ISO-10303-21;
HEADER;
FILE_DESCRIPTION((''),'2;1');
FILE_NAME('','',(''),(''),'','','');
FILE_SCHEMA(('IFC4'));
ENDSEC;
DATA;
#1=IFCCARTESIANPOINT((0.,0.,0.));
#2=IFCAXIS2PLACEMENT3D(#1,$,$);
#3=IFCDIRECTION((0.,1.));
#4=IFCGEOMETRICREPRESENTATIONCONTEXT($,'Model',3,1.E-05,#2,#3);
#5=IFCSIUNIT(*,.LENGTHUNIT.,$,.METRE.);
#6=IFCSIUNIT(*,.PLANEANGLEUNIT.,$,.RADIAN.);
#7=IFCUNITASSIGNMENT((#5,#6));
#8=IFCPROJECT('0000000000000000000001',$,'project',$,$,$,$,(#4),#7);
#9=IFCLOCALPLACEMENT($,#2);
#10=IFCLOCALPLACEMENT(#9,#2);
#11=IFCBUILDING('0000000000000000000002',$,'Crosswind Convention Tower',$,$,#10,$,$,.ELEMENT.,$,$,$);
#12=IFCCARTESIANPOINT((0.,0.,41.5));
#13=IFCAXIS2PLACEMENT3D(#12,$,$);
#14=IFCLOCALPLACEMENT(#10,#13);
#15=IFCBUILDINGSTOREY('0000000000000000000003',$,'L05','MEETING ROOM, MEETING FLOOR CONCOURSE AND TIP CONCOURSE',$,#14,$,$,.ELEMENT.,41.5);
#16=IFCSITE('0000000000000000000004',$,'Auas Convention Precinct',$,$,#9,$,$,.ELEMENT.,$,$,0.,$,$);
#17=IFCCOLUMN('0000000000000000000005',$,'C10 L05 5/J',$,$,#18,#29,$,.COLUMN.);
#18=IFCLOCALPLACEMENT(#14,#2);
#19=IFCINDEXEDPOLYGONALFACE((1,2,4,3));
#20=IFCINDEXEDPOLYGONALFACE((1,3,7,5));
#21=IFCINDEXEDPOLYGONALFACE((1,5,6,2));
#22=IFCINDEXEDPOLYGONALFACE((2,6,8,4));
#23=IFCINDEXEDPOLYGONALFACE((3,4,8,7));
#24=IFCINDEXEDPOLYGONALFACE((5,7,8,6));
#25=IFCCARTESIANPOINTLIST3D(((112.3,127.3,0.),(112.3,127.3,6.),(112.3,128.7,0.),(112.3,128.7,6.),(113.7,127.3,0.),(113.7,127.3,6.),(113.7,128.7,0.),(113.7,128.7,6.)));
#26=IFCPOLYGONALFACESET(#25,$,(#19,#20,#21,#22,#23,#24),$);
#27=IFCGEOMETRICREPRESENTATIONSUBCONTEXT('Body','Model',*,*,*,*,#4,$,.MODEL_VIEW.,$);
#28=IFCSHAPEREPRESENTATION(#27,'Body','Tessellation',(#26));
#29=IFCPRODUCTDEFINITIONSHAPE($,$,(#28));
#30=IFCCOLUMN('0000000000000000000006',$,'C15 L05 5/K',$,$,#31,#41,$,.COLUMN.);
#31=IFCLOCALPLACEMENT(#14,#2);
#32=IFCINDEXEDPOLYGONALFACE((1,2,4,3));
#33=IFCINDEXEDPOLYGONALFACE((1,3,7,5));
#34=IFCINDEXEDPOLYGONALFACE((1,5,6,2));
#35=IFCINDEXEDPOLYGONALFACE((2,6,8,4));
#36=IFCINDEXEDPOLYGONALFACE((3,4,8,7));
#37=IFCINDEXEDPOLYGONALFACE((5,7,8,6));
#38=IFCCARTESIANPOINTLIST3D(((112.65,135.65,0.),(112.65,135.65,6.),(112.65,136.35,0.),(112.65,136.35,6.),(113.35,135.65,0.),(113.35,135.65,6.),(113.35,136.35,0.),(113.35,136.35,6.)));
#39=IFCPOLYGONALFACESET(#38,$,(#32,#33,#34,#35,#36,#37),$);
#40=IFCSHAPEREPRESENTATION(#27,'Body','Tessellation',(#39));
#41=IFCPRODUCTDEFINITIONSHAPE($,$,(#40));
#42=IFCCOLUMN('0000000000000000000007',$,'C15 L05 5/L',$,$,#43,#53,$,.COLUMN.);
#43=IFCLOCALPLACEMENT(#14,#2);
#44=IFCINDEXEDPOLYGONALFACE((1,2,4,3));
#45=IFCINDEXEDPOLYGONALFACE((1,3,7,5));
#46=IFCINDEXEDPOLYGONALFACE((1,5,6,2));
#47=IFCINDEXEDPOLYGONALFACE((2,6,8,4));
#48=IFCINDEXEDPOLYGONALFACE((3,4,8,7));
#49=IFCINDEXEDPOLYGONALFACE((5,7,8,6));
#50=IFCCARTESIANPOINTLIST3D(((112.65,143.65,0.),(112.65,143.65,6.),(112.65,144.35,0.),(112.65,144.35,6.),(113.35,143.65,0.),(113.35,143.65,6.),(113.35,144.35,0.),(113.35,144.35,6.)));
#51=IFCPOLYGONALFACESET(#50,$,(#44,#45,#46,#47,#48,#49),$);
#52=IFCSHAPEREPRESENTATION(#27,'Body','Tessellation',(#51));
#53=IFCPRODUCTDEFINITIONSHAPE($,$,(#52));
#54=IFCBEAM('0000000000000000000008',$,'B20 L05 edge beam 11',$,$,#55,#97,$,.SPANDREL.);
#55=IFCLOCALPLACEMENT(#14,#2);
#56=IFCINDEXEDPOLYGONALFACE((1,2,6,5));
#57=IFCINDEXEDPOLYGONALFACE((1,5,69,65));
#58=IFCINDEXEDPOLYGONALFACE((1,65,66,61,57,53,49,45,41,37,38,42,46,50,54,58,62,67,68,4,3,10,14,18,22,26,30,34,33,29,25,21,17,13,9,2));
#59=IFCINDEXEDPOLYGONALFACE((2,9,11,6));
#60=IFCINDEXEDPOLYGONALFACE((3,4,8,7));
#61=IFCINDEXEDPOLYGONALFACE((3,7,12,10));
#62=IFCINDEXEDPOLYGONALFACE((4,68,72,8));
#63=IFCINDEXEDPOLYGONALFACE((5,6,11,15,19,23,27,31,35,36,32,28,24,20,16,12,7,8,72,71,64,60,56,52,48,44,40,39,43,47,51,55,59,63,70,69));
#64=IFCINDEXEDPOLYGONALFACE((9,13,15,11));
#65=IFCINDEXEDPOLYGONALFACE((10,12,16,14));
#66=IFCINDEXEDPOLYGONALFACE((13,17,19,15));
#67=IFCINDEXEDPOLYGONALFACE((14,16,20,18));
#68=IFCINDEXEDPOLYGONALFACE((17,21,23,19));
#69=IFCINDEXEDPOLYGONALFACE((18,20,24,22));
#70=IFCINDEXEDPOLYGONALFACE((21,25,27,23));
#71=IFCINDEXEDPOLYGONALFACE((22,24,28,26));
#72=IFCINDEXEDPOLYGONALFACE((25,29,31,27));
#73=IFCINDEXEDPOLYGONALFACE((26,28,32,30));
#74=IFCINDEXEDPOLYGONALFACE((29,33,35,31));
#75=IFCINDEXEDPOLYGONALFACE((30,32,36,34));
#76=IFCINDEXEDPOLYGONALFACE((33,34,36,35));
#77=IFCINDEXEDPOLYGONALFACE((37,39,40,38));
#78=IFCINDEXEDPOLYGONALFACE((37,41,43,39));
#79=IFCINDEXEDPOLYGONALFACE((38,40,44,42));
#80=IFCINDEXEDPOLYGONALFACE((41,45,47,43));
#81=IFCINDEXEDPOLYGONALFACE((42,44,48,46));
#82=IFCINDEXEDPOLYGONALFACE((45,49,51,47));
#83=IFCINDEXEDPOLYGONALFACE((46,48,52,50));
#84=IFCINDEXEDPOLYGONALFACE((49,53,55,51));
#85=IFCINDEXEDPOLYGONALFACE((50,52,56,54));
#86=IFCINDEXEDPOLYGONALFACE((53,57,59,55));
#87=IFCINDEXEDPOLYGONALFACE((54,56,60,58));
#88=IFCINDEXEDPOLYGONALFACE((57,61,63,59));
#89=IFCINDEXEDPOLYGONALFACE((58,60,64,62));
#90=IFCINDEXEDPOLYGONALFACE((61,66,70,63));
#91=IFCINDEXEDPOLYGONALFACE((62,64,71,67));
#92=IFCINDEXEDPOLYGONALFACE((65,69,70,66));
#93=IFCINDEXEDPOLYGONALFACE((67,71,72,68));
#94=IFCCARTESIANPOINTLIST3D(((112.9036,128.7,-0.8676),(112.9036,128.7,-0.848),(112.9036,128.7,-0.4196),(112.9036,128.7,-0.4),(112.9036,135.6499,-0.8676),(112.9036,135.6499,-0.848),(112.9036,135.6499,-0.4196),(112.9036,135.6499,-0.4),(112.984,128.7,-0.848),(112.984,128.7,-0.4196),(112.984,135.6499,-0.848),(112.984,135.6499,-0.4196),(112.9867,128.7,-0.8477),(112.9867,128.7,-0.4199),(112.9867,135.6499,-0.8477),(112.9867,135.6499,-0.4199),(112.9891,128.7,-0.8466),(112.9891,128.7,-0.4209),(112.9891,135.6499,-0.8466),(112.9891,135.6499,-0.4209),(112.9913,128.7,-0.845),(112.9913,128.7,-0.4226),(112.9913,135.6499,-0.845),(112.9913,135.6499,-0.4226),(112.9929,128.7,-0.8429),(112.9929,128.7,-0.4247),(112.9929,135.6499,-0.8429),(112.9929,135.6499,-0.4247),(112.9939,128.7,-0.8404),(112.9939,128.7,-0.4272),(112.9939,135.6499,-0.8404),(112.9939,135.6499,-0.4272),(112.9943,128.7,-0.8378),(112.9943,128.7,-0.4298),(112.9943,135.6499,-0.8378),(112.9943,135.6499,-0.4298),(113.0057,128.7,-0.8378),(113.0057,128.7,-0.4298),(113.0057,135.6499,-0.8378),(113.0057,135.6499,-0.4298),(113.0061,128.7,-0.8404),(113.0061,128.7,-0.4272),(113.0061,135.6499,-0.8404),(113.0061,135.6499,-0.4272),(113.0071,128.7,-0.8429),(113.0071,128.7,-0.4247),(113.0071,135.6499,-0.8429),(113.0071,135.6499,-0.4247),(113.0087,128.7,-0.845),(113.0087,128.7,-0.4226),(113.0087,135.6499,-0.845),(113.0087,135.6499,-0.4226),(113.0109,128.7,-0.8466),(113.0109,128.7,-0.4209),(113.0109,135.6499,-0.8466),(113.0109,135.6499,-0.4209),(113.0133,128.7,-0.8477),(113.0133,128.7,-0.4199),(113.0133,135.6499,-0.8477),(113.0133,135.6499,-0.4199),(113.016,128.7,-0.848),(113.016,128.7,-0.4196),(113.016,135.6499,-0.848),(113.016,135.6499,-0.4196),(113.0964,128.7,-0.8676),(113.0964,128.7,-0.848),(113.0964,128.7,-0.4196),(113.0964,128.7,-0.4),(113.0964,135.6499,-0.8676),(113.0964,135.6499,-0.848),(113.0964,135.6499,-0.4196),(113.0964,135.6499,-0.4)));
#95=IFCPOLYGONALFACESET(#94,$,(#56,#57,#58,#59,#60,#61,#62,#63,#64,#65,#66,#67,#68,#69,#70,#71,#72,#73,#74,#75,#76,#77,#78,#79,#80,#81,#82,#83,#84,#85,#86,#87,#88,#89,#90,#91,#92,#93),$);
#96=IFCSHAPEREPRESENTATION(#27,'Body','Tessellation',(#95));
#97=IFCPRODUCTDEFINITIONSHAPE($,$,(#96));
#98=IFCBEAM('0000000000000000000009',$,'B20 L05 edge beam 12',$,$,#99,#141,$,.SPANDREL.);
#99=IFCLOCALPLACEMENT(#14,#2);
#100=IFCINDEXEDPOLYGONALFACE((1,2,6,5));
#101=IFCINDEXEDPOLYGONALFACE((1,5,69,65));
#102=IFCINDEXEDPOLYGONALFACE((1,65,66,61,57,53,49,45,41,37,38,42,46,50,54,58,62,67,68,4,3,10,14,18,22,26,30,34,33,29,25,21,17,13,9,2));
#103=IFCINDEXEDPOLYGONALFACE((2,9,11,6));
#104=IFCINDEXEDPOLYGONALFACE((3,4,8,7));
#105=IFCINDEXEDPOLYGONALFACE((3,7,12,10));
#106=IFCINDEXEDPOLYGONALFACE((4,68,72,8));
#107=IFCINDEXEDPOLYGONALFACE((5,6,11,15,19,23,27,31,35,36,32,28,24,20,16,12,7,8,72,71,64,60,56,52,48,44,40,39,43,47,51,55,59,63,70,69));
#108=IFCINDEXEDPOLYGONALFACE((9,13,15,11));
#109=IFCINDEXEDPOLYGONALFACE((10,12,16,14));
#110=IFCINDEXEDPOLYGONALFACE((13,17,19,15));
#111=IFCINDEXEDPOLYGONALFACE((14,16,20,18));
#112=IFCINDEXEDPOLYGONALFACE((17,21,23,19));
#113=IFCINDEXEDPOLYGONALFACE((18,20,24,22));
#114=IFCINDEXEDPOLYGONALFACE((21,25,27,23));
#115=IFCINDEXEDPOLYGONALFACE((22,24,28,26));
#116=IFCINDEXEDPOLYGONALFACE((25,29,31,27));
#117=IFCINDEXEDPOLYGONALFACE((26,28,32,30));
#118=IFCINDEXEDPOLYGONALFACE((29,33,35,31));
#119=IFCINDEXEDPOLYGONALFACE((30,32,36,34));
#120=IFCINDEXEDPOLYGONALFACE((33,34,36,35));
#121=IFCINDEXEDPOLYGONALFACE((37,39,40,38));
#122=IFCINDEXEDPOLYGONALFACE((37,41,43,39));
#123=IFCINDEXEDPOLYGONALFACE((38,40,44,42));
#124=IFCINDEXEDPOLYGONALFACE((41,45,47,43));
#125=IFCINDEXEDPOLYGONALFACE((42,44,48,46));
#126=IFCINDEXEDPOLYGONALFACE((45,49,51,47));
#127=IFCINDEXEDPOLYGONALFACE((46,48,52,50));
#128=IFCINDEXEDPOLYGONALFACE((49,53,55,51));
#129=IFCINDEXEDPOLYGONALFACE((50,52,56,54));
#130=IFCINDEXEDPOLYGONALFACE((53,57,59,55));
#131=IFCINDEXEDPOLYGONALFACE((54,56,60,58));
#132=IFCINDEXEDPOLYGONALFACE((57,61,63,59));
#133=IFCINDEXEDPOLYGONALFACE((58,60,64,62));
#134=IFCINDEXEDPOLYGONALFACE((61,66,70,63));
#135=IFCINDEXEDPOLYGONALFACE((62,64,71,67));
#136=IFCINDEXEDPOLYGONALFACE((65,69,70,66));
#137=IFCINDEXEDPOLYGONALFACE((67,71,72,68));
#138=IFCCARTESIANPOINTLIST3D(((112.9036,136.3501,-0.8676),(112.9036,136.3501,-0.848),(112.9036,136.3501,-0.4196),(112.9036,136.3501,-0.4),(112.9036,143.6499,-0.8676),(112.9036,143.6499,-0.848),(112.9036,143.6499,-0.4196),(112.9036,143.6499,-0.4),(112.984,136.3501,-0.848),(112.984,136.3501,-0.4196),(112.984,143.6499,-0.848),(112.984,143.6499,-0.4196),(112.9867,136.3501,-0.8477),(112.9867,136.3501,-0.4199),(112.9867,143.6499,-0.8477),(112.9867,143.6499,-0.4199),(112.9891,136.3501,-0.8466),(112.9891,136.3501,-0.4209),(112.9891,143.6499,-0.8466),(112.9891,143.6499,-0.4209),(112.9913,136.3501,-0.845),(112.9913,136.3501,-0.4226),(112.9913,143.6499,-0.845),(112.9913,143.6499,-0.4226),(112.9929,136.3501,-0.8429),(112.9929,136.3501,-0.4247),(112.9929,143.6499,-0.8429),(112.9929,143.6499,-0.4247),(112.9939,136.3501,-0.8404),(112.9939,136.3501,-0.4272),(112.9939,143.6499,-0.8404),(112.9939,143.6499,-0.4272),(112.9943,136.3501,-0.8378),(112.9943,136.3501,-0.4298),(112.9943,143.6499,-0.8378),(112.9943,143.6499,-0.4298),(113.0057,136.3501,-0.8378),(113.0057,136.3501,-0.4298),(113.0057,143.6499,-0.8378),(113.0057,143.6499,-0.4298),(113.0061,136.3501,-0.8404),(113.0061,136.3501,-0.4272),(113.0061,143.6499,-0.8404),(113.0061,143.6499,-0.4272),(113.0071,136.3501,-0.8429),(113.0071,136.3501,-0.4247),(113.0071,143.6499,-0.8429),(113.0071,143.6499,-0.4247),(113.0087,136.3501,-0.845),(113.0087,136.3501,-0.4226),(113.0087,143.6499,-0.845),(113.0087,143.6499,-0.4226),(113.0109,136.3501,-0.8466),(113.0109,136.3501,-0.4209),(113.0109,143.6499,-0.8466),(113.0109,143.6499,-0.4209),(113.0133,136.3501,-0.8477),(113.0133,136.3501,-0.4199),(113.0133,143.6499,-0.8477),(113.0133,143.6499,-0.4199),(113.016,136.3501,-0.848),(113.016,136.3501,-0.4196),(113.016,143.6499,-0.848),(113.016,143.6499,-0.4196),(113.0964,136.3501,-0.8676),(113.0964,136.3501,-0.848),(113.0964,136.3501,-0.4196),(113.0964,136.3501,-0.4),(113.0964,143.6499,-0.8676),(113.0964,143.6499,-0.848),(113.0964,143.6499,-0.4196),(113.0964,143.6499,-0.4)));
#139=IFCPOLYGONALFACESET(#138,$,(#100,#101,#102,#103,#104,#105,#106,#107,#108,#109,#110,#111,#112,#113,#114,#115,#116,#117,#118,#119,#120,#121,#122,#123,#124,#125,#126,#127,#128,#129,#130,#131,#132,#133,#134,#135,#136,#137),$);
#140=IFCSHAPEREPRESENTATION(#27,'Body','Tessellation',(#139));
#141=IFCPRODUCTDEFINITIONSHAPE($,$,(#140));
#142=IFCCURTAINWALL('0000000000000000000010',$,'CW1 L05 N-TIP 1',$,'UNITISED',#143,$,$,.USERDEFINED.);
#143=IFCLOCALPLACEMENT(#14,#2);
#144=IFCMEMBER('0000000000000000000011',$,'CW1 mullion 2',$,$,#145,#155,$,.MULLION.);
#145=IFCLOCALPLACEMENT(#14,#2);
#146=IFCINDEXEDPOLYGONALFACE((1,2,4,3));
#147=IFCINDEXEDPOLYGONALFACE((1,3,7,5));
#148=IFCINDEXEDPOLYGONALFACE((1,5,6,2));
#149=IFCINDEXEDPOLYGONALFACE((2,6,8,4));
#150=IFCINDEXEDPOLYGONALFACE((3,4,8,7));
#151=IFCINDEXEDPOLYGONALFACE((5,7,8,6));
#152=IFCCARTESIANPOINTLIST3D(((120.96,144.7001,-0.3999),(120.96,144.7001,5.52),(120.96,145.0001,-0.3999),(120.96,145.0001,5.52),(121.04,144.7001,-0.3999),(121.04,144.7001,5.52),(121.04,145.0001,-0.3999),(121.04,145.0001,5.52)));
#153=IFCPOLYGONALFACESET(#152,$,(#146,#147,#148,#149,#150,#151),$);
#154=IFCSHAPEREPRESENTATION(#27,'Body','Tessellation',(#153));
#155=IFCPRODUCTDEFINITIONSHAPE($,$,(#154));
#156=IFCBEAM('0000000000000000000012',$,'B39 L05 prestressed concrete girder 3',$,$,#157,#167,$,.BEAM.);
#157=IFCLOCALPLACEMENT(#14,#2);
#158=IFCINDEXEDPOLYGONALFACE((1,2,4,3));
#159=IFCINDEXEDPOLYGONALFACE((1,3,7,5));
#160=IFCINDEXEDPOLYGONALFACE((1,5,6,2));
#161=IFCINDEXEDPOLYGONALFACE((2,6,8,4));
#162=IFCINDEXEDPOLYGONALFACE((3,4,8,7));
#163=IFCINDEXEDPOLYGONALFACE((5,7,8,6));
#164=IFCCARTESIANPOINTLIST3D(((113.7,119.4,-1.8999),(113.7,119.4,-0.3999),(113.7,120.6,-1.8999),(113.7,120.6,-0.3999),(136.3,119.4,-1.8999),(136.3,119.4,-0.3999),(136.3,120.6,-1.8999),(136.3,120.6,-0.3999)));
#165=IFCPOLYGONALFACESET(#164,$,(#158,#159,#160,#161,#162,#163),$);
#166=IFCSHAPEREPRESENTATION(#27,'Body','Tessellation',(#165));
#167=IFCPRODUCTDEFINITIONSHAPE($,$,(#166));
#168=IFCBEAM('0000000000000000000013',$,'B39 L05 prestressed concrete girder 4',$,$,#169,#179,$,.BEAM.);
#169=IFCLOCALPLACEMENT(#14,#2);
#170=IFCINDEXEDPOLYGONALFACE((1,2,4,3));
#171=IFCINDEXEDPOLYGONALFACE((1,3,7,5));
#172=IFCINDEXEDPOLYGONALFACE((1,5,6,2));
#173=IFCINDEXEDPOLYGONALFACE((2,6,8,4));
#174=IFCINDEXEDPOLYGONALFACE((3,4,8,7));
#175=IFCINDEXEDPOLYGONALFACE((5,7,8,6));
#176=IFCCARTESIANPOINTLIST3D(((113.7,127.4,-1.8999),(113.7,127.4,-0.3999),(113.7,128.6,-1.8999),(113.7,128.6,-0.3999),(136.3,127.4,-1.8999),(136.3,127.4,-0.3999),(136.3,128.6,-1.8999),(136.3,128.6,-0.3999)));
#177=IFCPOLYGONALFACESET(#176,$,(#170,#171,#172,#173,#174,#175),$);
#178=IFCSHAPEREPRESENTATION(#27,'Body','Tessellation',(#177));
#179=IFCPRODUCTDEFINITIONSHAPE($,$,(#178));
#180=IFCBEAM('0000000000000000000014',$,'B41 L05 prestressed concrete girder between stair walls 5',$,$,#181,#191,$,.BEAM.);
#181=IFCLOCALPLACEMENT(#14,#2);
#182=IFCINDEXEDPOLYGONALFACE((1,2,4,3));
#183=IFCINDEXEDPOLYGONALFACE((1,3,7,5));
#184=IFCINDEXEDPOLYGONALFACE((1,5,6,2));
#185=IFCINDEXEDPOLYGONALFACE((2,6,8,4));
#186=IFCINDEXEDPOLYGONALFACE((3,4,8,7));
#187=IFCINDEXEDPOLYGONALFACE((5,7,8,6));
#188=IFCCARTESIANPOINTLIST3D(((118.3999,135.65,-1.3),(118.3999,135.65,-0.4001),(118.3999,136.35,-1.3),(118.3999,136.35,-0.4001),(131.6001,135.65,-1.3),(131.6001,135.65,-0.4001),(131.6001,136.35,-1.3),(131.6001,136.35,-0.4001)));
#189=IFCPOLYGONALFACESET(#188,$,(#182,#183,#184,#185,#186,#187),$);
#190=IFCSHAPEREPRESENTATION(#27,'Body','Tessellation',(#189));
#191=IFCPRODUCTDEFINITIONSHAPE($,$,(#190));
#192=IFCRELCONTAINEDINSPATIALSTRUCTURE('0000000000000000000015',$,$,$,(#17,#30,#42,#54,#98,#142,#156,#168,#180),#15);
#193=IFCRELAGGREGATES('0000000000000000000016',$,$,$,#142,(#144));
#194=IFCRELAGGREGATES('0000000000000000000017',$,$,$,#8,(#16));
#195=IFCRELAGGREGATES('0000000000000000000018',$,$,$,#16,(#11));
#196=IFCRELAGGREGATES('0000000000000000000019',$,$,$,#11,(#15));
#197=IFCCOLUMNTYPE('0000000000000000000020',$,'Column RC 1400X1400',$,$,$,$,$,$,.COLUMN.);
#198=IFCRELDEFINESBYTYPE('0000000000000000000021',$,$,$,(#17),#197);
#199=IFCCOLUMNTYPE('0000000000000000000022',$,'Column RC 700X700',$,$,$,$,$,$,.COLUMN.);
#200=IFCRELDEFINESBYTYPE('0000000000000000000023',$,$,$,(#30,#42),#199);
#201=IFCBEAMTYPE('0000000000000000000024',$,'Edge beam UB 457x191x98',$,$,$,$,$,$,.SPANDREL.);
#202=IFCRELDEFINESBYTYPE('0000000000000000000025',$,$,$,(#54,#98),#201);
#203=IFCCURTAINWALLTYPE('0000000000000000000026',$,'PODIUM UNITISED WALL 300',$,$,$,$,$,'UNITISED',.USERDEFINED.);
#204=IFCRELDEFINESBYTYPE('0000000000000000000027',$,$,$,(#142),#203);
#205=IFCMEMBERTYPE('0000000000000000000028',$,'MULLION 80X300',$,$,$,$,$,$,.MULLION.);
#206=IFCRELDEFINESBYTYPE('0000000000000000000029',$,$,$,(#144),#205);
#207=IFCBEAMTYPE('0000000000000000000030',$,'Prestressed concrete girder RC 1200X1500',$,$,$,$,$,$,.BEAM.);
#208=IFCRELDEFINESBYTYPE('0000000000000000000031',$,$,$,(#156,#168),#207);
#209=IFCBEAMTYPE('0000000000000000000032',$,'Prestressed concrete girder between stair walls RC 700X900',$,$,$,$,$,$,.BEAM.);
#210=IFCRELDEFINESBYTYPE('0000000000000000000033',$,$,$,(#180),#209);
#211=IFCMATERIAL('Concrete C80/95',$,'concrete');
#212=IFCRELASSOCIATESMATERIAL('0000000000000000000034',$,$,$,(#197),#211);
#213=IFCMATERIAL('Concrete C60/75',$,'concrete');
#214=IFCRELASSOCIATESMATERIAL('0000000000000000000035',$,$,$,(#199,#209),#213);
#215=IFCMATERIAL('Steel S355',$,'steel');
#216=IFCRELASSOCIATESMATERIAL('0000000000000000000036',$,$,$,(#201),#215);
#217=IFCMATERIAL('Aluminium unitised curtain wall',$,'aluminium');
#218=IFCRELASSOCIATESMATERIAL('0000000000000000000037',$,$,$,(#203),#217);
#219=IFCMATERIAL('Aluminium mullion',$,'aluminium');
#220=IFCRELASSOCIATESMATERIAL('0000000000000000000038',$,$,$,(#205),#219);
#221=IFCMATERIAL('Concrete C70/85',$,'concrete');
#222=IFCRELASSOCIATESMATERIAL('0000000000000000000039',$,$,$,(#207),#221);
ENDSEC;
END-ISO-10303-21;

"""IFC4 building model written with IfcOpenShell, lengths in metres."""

from ifc_helpers import new_model, si_unit, direction, frame, origin, origin_2d, place, context, subcontext, project, spatial, rectangle, i_section, extrude, material, material_profile, profile_set, type_object, element, aggregate, save


model = new_model("IFC4")

# Units and contexts
model_context = context("Model", 3, precision=1e-05, world=origin(), true_north=direction((0.0, 1.0)))
body_context = subcontext(model_context, "Body", "Model", "MODEL_VIEW")
ifc_project = project(units=[si_unit("LENGTHUNIT", "METRE"), si_unit("PLANEANGLEUNIT", "RADIAN")], contexts=[model_context])

# Site, building, storey
site_placement = place(None, origin())
site = spatial("IfcSite", under=ifc_project, at=site_placement, Name="Auas Convention Precinct", CompositionType="ELEMENT", RefElevation=0.0)
building_placement = place(site_placement, origin())
building = spatial("IfcBuilding", under=site, at=building_placement, Name="Crosswind Convention Tower", CompositionType="ELEMENT")
storey_placement = place(building_placement, frame((0.0, 0.0, 41.5)))
storey = spatial("IfcBuildingStorey", under=building, at=storey_placement, Name="L05", Description="MEETING ROOM, MEETING FLOOR CONCOURSE AND TIP CONCOURSE", CompositionType="ELEMENT", Elevation=41.5)

# Columns
ifc_material_1 = material(Name="Concrete C80/95", Category="concrete")
ifc_material_profile_1 = material_profile(ifc_material_1, rectangle(XDim=1.3999, YDim=1.3999, at=origin_2d()), Name="RC 1400X1400")
ifc_profile_set_1 = profile_set([ifc_material_profile_1], Name="Concrete C80/95")
column_type_1 = type_object("IfcColumnType", Name="Column RC 1400X1400", PredefinedType="COLUMN", material=ifc_profile_set_1)
column_placement = place(storey_placement, frame((113.0, 128.0, 0.0), z_axis=(0.0, 0.0, 1.0), x_axis=(1.0, 0.0, 0.0)))
element("IfcColumn", 1, at=column_placement, inside=storey, type_object=column_type_1, Name="C10 L05 5/J", PredefinedType="COLUMN", context=body_context, shape_type="SweptSolid", body=[
    extrude(rectangle(XDim=1.3999, YDim=1.3999, at=origin_2d()), origin(), (0.0, 0.0, 1.0), 6.0),
])
ifc_material_2 = material(Name="Concrete C60/75", Category="concrete")
ifc_material_profile_2 = material_profile(ifc_material_2, rectangle(XDim=0.7, YDim=0.7, at=origin_2d()), Name="RC 700X700")
ifc_profile_set_2 = profile_set([ifc_material_profile_2], Name="Concrete C60/75")
column_type_2 = type_object("IfcColumnType", Name="Column RC 700X700", PredefinedType="COLUMN", material=ifc_profile_set_2)
for number, where, z_axis, x_axis, name in (
    (2, (113.0, 136.0, 0.0), (0.0, 0.0, 1.0), (1.0, 0.0, 0.0), "C15 L05 5/K"),
    (3, (113.0, 144.0, 0.0), (0.0, 0.0, 1.0), (1.0, 0.0, 0.0), "C15 L05 5/L"),
):
    element("IfcColumn", number, at=place(storey_placement, frame(where, z_axis=z_axis, x_axis=x_axis)), inside=storey, type_object=column_type_2, Name=name, PredefinedType="COLUMN", context=body_context, shape_type="SweptSolid", body=[
        extrude(rectangle(XDim=0.7, YDim=0.7, at=origin_2d()), origin(), (0.0, 0.0, 1.0), 6.0),
    ])

# Beams
ifc_material_3 = material(Name="Steel S355", Category="steel")
ifc_material_profile_3 = material_profile(ifc_material_3, i_section(OverallWidth=0.1929, OverallDepth=0.4675, WebThickness=0.0115, FlangeThickness=0.0195, FilletRadius=0.0103, at=origin_2d()), Name="UB 457x191x98")
ifc_profile_set_3 = profile_set([ifc_material_profile_3], Name="Steel S355")
beam_type_1 = type_object("IfcBeamType", Name="Edge beam UB 457x191x98", PredefinedType="SPANDREL", material=ifc_profile_set_3)
beam_1_placement = place(storey_placement, frame((113.0, 128.7, -0.6338), z_axis=(0.0, 1.0, 0.0), x_axis=(-1.0, 0.0, 0.0)))
element("IfcBeam", 4, at=beam_1_placement, inside=storey, type_object=beam_type_1, Name="B20 L05 edge beam 11", PredefinedType="SPANDREL", context=body_context, shape_type="SweptSolid", body=[
    extrude(i_section(OverallWidth=0.1929, OverallDepth=0.4675, WebThickness=0.0115, FlangeThickness=0.0195, FilletRadius=0.0103, at=origin_2d()), origin(), (0.0, 0.0, 1.0), 6.95),
])
beam_2_placement = place(storey_placement, frame((113.0, 136.3501, -0.6338), z_axis=(0.0, 1.0, 0.0), x_axis=(-1.0, 0.0, 0.0)))
element("IfcBeam", 5, at=beam_2_placement, inside=storey, type_object=beam_type_1, Name="B20 L05 edge beam 12", PredefinedType="SPANDREL", context=body_context, shape_type="SweptSolid", body=[
    extrude(i_section(OverallWidth=0.1929, OverallDepth=0.4675, WebThickness=0.0115, FlangeThickness=0.0195, FilletRadius=0.0103, at=origin_2d()), origin(), (0.0, 0.0, 1.0), 7.2998),
])

# Curtain wall, member
ifc_material_4 = material(Name="Aluminium unitised curtain wall", Category="aluminium")
curtain_wall_type = type_object("IfcCurtainWallType", Name="PODIUM UNITISED WALL 300", ElementType="UNITISED", PredefinedType="USERDEFINED", material=ifc_material_4)
curtain_wall_placement = place(storey_placement, origin())
curtain_wall = element("IfcCurtainWall", 6, at=curtain_wall_placement, inside=storey, type_object=curtain_wall_type, Name="CW1 L05 N-TIP 1", ObjectType="UNITISED", PredefinedType="USERDEFINED")
ifc_material_5 = material(Name="Aluminium mullion", Category="aluminium")
ifc_material_profile_4 = material_profile(ifc_material_5, rectangle(XDim=0.3, YDim=0.0801, at=origin_2d()), Name="AL 300X80")
ifc_profile_set_4 = profile_set([ifc_material_profile_4], Name="Aluminium mullion")
member_type = type_object("IfcMemberType", Name="MULLION 80X300", PredefinedType="MULLION", material=ifc_profile_set_4)
member_placement = place(storey_placement, frame((121.0, 144.8501, -0.3999), z_axis=(0.0, 0.0, 1.0), x_axis=(0.0, 1.0, 0.0)))
member = element("IfcMember", 7, at=member_placement, type_object=member_type, Name="CW1 mullion 2", PredefinedType="MULLION", context=body_context, shape_type="SweptSolid", body=[
    extrude(rectangle(XDim=0.3, YDim=0.0801, at=origin_2d()), origin(), (0.0, 0.0, 1.0), 5.9199),
])

# Beams
ifc_material_6 = material(Name="Concrete C70/85", Category="concrete")
ifc_material_profile_5 = material_profile(ifc_material_6, rectangle(XDim=1.2, YDim=1.5, at=origin_2d()), Name="RC 1200X1500")
ifc_profile_set_5 = profile_set([ifc_material_profile_5], Name="Concrete C70/85")
beam_type_2 = type_object("IfcBeamType", Name="Prestressed concrete girder RC 1200X1500", PredefinedType="BEAM", material=ifc_profile_set_5)
for number, where, z_axis, x_axis, name in (
    (8, (113.7, 120.0, -1.1499), (1.0, 0.0, 0.0), (0.0, 1.0, 0.0), "B39 L05 prestressed concrete girder 3"),
    (9, (113.7, 128.0, -1.1499), (1.0, 0.0, 0.0), (0.0, 1.0, 0.0), "B39 L05 prestressed concrete girder 4"),
):
    element("IfcBeam", number, at=place(storey_placement, frame(where, z_axis=z_axis, x_axis=x_axis)), inside=storey, type_object=beam_type_2, Name=name, PredefinedType="BEAM", context=body_context, shape_type="SweptSolid", body=[
        extrude(rectangle(XDim=1.2, YDim=1.5, at=origin_2d()), origin(), (0.0, 0.0, 1.0), 22.6001),
    ])
ifc_material_profile_6 = material_profile(ifc_material_2, rectangle(XDim=0.7, YDim=0.8999, at=origin_2d()), Name="RC 700X900")
ifc_profile_set_6 = profile_set([ifc_material_profile_6], Name="Concrete C60/75")
beam_type_3 = type_object("IfcBeamType", Name="Prestressed concrete girder between stair walls RC 700X900", PredefinedType="BEAM", material=ifc_profile_set_6)
for number, where, z_axis, x_axis, name in (
    (10, (118.3999, 136.0, -0.8501), (1.0, 0.0, 0.0), (0.0, 1.0, 0.0), "B41 L05 prestressed concrete girder between stair walls 5"),
):
    element("IfcBeam", number, at=place(storey_placement, frame(where, z_axis=z_axis, x_axis=x_axis)), inside=storey, type_object=beam_type_3, Name=name, PredefinedType="BEAM", context=body_context, shape_type="SweptSolid", body=[
        extrude(rectangle(XDim=0.7, YDim=0.8999, at=origin_2d()), origin(), (0.0, 0.0, 1.0), 13.2002),
    ])

aggregate(curtain_wall, [member])

save(model, "model.ifc")
